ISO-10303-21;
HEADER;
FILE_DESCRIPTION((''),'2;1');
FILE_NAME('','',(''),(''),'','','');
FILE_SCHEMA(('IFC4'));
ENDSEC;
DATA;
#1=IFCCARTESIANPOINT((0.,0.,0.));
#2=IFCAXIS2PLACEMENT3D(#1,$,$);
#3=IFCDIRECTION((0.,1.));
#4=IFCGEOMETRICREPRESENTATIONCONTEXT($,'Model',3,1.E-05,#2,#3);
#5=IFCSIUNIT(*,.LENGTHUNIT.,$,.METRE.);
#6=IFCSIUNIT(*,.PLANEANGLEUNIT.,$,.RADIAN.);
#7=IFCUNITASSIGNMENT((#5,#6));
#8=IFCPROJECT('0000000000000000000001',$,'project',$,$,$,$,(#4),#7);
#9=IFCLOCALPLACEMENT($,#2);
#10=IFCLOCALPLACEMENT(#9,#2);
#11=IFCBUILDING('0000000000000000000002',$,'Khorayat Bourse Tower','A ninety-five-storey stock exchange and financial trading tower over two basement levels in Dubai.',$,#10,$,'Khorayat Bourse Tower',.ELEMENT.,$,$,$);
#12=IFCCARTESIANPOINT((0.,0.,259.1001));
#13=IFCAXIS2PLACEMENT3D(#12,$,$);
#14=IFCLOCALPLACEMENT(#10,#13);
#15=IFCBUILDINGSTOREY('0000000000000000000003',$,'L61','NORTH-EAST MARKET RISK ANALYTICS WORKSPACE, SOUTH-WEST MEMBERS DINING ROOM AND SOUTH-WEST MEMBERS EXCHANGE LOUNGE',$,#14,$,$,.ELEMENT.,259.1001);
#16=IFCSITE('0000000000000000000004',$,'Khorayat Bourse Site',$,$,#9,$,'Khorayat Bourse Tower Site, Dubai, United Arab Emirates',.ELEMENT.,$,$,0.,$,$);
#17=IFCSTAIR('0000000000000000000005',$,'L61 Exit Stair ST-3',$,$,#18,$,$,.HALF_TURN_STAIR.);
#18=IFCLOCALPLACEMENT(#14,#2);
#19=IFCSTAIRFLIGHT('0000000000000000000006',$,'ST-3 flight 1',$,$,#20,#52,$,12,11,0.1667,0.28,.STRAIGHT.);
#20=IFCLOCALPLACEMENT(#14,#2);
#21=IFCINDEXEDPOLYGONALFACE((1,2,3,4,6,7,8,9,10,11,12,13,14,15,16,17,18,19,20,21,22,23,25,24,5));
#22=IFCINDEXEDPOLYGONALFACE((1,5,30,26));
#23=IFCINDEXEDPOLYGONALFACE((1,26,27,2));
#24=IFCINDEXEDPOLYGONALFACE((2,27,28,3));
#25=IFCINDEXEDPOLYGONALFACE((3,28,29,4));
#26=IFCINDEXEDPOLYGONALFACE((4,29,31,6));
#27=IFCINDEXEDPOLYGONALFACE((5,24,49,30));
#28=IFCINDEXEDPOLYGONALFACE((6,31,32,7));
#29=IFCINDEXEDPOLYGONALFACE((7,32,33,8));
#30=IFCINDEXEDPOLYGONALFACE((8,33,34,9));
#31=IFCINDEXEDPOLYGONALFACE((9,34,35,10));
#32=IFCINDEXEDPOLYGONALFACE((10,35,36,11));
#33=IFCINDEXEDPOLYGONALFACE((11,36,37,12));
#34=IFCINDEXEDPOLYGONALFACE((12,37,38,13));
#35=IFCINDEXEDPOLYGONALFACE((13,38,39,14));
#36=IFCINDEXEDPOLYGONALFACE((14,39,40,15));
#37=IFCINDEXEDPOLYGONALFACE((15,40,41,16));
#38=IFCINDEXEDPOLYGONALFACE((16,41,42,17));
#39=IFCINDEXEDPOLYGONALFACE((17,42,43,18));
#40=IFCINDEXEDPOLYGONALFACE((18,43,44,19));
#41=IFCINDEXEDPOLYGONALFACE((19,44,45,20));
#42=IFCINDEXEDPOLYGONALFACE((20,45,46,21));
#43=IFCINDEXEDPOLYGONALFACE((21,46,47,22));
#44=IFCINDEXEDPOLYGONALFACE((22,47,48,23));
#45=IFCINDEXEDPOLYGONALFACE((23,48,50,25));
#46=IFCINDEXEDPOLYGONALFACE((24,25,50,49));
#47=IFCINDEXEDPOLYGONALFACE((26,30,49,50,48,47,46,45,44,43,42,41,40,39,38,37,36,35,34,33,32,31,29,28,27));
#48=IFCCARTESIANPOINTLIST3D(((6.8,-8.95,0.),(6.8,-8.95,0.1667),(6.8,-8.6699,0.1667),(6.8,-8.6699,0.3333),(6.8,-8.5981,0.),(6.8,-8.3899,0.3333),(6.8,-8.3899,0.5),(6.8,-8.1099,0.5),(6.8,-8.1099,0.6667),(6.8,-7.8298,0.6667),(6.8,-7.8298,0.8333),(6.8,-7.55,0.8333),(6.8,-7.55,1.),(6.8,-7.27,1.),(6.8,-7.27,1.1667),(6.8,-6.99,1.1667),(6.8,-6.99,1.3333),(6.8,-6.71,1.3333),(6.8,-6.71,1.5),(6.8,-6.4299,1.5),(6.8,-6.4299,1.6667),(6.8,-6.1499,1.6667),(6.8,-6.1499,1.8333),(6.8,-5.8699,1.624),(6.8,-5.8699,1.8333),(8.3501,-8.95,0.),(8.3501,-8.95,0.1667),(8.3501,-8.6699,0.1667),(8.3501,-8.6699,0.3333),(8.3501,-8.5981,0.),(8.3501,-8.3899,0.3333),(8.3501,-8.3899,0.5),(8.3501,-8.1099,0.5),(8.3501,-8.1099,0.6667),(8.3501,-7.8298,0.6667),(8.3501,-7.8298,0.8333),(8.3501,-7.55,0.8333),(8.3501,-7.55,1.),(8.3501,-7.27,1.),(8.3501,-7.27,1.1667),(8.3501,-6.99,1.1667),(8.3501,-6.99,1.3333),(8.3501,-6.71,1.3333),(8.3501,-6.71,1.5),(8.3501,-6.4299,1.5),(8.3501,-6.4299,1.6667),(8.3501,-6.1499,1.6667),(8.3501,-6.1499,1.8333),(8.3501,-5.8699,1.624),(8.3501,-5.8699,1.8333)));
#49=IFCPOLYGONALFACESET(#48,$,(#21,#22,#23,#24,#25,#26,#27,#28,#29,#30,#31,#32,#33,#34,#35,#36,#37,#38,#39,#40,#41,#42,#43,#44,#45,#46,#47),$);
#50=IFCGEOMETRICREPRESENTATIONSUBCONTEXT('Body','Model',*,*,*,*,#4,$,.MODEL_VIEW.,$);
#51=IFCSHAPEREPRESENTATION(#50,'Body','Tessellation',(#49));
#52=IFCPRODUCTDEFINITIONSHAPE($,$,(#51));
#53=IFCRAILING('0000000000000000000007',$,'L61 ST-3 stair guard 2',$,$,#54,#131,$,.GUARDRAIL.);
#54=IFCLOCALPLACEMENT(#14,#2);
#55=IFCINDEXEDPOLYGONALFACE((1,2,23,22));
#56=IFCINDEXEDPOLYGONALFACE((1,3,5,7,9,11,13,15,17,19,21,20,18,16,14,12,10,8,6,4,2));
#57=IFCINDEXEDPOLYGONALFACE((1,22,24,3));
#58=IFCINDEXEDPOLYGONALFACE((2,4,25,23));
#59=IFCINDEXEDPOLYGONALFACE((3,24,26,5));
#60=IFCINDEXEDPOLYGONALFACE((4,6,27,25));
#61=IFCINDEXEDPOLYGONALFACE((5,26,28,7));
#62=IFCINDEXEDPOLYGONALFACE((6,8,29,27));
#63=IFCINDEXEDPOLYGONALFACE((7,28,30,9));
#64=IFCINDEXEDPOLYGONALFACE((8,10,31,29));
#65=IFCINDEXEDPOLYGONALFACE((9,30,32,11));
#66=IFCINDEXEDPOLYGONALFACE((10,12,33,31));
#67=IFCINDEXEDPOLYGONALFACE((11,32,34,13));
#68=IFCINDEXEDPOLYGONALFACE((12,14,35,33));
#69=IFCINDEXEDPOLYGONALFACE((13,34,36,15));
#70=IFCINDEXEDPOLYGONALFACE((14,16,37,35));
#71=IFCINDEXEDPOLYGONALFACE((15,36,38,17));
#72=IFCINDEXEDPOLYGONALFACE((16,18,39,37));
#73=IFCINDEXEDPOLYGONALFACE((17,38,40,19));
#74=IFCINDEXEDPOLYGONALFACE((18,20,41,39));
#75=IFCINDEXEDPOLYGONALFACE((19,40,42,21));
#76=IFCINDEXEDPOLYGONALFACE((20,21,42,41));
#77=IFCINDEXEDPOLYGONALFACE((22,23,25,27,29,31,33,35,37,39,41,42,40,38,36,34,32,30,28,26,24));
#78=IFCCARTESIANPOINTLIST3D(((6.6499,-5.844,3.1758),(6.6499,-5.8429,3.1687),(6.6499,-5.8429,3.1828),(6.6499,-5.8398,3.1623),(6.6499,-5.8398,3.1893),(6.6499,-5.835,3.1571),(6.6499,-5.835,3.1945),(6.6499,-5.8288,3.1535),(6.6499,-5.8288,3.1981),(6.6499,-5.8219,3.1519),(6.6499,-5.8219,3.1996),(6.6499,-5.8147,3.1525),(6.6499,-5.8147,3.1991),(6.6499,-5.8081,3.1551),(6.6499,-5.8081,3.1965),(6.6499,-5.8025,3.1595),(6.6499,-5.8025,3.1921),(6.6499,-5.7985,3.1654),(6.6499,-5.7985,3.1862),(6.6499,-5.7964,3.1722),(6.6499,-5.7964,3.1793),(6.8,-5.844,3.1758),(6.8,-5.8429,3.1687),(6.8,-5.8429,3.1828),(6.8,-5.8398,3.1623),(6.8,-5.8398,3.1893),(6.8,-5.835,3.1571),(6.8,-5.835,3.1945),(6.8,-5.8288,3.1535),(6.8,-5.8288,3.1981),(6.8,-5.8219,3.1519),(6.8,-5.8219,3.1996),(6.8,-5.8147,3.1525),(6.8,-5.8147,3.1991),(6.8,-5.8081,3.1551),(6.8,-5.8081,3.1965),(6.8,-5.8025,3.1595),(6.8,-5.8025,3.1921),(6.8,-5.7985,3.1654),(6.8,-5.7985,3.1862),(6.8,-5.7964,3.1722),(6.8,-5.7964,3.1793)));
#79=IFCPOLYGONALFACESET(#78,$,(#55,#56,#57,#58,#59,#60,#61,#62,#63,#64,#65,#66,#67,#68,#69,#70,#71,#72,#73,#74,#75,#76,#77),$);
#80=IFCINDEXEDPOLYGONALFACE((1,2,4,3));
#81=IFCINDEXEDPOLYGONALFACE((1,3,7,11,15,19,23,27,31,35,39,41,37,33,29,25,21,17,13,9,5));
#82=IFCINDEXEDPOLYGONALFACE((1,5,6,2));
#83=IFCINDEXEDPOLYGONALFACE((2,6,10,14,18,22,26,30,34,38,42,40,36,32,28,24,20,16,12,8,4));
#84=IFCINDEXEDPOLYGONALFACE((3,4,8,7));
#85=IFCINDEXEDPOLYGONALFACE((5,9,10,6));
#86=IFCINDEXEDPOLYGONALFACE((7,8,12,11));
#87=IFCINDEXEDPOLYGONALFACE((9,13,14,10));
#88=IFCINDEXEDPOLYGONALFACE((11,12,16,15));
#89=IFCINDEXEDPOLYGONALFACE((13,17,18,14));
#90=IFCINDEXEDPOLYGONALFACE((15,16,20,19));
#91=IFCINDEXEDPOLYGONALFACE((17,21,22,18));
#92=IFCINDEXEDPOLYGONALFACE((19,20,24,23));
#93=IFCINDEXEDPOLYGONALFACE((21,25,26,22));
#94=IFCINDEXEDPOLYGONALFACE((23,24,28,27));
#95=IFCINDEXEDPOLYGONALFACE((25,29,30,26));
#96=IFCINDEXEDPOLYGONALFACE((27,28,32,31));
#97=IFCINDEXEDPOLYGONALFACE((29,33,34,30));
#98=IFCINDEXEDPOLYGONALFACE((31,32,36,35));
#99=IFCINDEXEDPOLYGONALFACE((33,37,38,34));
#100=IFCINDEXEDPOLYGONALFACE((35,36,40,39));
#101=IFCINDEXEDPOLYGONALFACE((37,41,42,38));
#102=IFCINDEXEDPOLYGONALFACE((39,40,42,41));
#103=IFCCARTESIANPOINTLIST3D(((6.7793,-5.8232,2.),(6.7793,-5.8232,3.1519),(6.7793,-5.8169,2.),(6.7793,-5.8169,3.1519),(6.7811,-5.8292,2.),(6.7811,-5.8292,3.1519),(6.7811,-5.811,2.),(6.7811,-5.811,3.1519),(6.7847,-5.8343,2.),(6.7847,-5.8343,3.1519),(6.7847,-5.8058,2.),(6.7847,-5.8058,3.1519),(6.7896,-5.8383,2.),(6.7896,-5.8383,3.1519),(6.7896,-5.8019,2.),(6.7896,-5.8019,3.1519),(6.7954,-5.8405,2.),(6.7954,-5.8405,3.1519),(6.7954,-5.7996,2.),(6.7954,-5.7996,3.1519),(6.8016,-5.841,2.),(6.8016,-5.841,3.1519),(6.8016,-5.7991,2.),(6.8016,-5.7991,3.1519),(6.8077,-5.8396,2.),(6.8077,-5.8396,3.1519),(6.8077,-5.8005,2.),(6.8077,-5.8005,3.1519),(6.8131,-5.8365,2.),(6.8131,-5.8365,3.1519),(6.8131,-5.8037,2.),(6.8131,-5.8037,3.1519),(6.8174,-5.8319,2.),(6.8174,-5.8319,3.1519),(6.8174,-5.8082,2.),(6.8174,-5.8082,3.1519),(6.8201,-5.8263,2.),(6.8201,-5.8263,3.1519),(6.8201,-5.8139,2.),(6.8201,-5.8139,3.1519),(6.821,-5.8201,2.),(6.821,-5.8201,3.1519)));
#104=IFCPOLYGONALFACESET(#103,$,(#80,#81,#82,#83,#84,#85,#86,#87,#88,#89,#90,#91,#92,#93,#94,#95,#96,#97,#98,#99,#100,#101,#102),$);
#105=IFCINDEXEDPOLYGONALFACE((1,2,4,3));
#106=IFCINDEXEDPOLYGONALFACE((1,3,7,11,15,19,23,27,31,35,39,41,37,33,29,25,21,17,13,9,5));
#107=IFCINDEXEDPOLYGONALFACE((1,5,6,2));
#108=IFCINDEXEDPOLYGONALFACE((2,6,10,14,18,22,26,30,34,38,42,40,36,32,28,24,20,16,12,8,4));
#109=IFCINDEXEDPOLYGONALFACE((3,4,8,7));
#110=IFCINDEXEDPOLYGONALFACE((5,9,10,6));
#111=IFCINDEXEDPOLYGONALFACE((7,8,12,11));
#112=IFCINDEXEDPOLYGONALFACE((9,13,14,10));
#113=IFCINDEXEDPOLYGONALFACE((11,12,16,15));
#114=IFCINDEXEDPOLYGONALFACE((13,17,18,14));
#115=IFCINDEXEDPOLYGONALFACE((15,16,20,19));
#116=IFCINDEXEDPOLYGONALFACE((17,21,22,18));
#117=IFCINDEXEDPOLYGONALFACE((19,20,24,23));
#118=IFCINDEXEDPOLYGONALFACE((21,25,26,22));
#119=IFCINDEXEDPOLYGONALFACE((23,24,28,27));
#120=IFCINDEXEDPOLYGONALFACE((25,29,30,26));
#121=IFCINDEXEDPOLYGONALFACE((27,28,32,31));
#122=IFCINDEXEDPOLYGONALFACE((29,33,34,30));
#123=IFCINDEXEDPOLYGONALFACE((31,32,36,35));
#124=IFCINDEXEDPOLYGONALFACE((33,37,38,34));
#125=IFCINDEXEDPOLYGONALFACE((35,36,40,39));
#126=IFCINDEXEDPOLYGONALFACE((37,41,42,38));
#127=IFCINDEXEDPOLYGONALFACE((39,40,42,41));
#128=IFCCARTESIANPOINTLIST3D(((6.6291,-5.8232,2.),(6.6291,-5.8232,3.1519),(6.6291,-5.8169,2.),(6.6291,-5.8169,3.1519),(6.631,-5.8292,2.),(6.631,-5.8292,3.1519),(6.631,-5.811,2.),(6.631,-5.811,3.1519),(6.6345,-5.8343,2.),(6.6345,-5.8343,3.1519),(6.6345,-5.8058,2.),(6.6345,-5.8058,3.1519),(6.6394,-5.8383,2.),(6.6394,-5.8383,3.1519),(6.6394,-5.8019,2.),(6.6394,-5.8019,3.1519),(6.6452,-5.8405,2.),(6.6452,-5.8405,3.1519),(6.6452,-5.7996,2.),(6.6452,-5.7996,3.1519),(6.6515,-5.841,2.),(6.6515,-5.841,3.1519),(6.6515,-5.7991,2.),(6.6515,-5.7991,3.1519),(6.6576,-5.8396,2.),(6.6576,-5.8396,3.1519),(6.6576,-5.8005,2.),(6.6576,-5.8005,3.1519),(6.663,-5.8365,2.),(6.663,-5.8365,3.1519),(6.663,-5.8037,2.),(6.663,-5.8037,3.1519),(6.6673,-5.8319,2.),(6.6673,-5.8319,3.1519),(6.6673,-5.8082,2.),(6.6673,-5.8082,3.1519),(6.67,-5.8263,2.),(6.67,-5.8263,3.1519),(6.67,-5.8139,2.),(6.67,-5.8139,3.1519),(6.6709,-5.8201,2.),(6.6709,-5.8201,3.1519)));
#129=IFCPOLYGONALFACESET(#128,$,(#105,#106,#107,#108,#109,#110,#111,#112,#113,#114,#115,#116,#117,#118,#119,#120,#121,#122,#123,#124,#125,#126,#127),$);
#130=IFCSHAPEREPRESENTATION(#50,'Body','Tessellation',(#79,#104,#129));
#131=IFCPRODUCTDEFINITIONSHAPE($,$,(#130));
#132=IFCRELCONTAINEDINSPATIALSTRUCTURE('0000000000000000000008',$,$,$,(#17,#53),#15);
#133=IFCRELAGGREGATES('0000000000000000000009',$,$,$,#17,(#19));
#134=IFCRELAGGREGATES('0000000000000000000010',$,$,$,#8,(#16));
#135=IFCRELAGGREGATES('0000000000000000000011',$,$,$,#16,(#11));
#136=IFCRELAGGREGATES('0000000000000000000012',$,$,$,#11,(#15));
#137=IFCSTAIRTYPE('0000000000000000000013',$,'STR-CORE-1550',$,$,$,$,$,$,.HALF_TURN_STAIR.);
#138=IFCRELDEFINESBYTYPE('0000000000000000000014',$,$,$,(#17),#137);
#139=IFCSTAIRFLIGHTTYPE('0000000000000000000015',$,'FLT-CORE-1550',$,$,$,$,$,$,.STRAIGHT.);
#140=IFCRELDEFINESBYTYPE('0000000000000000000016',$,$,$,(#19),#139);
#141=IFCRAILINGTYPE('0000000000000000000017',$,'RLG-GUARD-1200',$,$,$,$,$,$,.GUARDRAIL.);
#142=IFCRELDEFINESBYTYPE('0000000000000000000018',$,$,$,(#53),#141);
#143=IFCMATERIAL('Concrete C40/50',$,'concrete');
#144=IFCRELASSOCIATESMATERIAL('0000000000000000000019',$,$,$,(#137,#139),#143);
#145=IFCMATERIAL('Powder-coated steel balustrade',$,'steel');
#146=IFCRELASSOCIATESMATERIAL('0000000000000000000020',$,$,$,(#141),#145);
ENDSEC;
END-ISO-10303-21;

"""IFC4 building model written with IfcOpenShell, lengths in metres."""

from ifc_helpers import new_model, si_unit, direction, frame, origin, origin_2d, place, context, subcontext, project, spatial, polyline, circle, outline, extrude, source, transform, mapped, material, type_object, element, aggregate, save


model = new_model("IFC4")

# Units and contexts
model_context = context("Model", 3, precision=1e-05, world=origin(), true_north=direction((0.0, 1.0)))
body_context = subcontext(model_context, "Body", "Model", "MODEL_VIEW")
ifc_project = project(units=[si_unit("LENGTHUNIT", "METRE"), si_unit("PLANEANGLEUNIT", "RADIAN")], contexts=[model_context])

# Site, building, storey
site_placement = place(None, origin())
site = spatial("IfcSite", under=ifc_project, at=site_placement, Name="Khorayat Bourse Site", LongName="Khorayat Bourse Tower Site, Dubai, United Arab Emirates", CompositionType="ELEMENT", RefElevation=0.0)
building_placement = place(site_placement, origin())
building = spatial("IfcBuilding", under=site, at=building_placement, Name="Khorayat Bourse Tower", Description="A ninety-five-storey stock exchange and financial trading tower over two basement levels in Dubai.", LongName="Khorayat Bourse Tower", CompositionType="ELEMENT")
storey_placement = place(building_placement, frame((0.0, 0.0, 259.1001)))
storey = spatial("IfcBuildingStorey", under=building, at=storey_placement, Name="L61", Description="NORTH-EAST MARKET RISK ANALYTICS WORKSPACE, SOUTH-WEST MEMBERS DINING ROOM AND SOUTH-WEST MEMBERS EXCHANGE LOUNGE", CompositionType="ELEMENT", Elevation=259.1001)

# Stair, stair flight
ifc_material_1 = material(Name="Concrete C40/50", Category="concrete")
stair_type = type_object("IfcStairType", Name="STR-CORE-1550", PredefinedType="HALF_TURN_STAIR", material=ifc_material_1)
stair_placement = place(storey_placement, origin())
stair = element("IfcStair", 1, at=stair_placement, inside=storey, type_object=stair_type, Name="L61 Exit Stair ST-3", PredefinedType="HALF_TURN_STAIR")
stair_flight_type = type_object("IfcStairFlightType", Name="FLT-CORE-1550", PredefinedType="STRAIGHT", material=ifc_material_1)
shared_shape_1 = source(origin(), body_context, "Body", "SweptSolid", [
    extrude(outline(polyline([(0.0, 0.0), (0.0, 0.1667), (0.28, 0.1667), (0.28, 0.3333), (0.5601, 0.3333), (0.5601, 0.5), (0.8401, 0.5), (0.8401, 0.6667), (1.1201, 0.6667), (1.1201, 0.8333), (1.3999, 0.8333), (1.3999, 1.0), (1.6799, 1.0), (1.6799, 1.1667), (1.96, 1.1667), (1.96, 1.3333), (2.24, 1.3333), (2.24, 1.5), (2.52, 1.5), (2.52, 1.6667), (2.8, 1.6667), (2.8, 1.8333), (3.0801, 1.8333), (3.0801, 2.0), (3.0801, 1.624), (0.3518, 0.0), (0.0, 0.0)])), frame((0.0, 0.7749, 0.0), z_axis=(0.0, -1.0, 0.0), x_axis=(1.0, 0.0, 0.0)), (0.0, 0.0, 1.0), 1.55),
])
stair_flight_placement = place(storey_placement, frame((7.575, -8.95, 0.0), z_axis=(0.0, 0.0, 1.0), x_axis=(0.0, 1.0, 0.0)))
stair_flight = element("IfcStairFlight", 2, at=stair_flight_placement, type_object=stair_flight_type, Name="ST-3 flight 1", NumberOfRisers=12, NumberOfTreads=11, PredefinedType="STRAIGHT", RiserHeight=0.1667, TreadLength=0.28, context=body_context, shape_type="MappedRepresentation", body=[
    mapped(shared_shape_1, transform((0.0, 0.0, 0.0), scale=1.0)),
])
aggregate(stair, [stair_flight])

# Railing
ifc_material_2 = material(Name="Powder-coated steel balustrade", Category="steel")
railing_type_1 = type_object("IfcRailingType", Name="RLG-GUARD-1200", PredefinedType="GUARDRAIL", material=ifc_material_2)
shared_shape_2 = source(origin(), body_context, "Body", "SweptSolid", [
    extrude(circle(Radius=0.0239, at=origin_2d()), frame((0.0, 0.0, 1.1758), z_axis=(-1.0, 0.0, 0.0), x_axis=(0.0, -1.0, 0.0)), (0.0, 0.0, 1.0), 0.1501),
    extrude(circle(Radius=0.021, at=origin_2d()), origin(), (0.0, 0.0, 1.0), 1.1519),
    extrude(circle(Radius=0.021, at=origin_2d()), frame((-0.1501, 0.0, 0.0)), (0.0, 0.0, 1.0), 1.1519),
])
railing_1_placement = place(storey_placement, frame((6.8, -5.8201, 2.0)))
element("IfcRailing", 3, at=railing_1_placement, inside=storey, type_object=railing_type_1, Name="L61 ST-3 stair guard 2", PredefinedType="GUARDRAIL", context=body_context, shape_type="MappedRepresentation", body=[
    mapped(shared_shape_2, transform((0.0, 0.0, 0.0), scale=1.0)),
])

save(model, "model.ifc")
